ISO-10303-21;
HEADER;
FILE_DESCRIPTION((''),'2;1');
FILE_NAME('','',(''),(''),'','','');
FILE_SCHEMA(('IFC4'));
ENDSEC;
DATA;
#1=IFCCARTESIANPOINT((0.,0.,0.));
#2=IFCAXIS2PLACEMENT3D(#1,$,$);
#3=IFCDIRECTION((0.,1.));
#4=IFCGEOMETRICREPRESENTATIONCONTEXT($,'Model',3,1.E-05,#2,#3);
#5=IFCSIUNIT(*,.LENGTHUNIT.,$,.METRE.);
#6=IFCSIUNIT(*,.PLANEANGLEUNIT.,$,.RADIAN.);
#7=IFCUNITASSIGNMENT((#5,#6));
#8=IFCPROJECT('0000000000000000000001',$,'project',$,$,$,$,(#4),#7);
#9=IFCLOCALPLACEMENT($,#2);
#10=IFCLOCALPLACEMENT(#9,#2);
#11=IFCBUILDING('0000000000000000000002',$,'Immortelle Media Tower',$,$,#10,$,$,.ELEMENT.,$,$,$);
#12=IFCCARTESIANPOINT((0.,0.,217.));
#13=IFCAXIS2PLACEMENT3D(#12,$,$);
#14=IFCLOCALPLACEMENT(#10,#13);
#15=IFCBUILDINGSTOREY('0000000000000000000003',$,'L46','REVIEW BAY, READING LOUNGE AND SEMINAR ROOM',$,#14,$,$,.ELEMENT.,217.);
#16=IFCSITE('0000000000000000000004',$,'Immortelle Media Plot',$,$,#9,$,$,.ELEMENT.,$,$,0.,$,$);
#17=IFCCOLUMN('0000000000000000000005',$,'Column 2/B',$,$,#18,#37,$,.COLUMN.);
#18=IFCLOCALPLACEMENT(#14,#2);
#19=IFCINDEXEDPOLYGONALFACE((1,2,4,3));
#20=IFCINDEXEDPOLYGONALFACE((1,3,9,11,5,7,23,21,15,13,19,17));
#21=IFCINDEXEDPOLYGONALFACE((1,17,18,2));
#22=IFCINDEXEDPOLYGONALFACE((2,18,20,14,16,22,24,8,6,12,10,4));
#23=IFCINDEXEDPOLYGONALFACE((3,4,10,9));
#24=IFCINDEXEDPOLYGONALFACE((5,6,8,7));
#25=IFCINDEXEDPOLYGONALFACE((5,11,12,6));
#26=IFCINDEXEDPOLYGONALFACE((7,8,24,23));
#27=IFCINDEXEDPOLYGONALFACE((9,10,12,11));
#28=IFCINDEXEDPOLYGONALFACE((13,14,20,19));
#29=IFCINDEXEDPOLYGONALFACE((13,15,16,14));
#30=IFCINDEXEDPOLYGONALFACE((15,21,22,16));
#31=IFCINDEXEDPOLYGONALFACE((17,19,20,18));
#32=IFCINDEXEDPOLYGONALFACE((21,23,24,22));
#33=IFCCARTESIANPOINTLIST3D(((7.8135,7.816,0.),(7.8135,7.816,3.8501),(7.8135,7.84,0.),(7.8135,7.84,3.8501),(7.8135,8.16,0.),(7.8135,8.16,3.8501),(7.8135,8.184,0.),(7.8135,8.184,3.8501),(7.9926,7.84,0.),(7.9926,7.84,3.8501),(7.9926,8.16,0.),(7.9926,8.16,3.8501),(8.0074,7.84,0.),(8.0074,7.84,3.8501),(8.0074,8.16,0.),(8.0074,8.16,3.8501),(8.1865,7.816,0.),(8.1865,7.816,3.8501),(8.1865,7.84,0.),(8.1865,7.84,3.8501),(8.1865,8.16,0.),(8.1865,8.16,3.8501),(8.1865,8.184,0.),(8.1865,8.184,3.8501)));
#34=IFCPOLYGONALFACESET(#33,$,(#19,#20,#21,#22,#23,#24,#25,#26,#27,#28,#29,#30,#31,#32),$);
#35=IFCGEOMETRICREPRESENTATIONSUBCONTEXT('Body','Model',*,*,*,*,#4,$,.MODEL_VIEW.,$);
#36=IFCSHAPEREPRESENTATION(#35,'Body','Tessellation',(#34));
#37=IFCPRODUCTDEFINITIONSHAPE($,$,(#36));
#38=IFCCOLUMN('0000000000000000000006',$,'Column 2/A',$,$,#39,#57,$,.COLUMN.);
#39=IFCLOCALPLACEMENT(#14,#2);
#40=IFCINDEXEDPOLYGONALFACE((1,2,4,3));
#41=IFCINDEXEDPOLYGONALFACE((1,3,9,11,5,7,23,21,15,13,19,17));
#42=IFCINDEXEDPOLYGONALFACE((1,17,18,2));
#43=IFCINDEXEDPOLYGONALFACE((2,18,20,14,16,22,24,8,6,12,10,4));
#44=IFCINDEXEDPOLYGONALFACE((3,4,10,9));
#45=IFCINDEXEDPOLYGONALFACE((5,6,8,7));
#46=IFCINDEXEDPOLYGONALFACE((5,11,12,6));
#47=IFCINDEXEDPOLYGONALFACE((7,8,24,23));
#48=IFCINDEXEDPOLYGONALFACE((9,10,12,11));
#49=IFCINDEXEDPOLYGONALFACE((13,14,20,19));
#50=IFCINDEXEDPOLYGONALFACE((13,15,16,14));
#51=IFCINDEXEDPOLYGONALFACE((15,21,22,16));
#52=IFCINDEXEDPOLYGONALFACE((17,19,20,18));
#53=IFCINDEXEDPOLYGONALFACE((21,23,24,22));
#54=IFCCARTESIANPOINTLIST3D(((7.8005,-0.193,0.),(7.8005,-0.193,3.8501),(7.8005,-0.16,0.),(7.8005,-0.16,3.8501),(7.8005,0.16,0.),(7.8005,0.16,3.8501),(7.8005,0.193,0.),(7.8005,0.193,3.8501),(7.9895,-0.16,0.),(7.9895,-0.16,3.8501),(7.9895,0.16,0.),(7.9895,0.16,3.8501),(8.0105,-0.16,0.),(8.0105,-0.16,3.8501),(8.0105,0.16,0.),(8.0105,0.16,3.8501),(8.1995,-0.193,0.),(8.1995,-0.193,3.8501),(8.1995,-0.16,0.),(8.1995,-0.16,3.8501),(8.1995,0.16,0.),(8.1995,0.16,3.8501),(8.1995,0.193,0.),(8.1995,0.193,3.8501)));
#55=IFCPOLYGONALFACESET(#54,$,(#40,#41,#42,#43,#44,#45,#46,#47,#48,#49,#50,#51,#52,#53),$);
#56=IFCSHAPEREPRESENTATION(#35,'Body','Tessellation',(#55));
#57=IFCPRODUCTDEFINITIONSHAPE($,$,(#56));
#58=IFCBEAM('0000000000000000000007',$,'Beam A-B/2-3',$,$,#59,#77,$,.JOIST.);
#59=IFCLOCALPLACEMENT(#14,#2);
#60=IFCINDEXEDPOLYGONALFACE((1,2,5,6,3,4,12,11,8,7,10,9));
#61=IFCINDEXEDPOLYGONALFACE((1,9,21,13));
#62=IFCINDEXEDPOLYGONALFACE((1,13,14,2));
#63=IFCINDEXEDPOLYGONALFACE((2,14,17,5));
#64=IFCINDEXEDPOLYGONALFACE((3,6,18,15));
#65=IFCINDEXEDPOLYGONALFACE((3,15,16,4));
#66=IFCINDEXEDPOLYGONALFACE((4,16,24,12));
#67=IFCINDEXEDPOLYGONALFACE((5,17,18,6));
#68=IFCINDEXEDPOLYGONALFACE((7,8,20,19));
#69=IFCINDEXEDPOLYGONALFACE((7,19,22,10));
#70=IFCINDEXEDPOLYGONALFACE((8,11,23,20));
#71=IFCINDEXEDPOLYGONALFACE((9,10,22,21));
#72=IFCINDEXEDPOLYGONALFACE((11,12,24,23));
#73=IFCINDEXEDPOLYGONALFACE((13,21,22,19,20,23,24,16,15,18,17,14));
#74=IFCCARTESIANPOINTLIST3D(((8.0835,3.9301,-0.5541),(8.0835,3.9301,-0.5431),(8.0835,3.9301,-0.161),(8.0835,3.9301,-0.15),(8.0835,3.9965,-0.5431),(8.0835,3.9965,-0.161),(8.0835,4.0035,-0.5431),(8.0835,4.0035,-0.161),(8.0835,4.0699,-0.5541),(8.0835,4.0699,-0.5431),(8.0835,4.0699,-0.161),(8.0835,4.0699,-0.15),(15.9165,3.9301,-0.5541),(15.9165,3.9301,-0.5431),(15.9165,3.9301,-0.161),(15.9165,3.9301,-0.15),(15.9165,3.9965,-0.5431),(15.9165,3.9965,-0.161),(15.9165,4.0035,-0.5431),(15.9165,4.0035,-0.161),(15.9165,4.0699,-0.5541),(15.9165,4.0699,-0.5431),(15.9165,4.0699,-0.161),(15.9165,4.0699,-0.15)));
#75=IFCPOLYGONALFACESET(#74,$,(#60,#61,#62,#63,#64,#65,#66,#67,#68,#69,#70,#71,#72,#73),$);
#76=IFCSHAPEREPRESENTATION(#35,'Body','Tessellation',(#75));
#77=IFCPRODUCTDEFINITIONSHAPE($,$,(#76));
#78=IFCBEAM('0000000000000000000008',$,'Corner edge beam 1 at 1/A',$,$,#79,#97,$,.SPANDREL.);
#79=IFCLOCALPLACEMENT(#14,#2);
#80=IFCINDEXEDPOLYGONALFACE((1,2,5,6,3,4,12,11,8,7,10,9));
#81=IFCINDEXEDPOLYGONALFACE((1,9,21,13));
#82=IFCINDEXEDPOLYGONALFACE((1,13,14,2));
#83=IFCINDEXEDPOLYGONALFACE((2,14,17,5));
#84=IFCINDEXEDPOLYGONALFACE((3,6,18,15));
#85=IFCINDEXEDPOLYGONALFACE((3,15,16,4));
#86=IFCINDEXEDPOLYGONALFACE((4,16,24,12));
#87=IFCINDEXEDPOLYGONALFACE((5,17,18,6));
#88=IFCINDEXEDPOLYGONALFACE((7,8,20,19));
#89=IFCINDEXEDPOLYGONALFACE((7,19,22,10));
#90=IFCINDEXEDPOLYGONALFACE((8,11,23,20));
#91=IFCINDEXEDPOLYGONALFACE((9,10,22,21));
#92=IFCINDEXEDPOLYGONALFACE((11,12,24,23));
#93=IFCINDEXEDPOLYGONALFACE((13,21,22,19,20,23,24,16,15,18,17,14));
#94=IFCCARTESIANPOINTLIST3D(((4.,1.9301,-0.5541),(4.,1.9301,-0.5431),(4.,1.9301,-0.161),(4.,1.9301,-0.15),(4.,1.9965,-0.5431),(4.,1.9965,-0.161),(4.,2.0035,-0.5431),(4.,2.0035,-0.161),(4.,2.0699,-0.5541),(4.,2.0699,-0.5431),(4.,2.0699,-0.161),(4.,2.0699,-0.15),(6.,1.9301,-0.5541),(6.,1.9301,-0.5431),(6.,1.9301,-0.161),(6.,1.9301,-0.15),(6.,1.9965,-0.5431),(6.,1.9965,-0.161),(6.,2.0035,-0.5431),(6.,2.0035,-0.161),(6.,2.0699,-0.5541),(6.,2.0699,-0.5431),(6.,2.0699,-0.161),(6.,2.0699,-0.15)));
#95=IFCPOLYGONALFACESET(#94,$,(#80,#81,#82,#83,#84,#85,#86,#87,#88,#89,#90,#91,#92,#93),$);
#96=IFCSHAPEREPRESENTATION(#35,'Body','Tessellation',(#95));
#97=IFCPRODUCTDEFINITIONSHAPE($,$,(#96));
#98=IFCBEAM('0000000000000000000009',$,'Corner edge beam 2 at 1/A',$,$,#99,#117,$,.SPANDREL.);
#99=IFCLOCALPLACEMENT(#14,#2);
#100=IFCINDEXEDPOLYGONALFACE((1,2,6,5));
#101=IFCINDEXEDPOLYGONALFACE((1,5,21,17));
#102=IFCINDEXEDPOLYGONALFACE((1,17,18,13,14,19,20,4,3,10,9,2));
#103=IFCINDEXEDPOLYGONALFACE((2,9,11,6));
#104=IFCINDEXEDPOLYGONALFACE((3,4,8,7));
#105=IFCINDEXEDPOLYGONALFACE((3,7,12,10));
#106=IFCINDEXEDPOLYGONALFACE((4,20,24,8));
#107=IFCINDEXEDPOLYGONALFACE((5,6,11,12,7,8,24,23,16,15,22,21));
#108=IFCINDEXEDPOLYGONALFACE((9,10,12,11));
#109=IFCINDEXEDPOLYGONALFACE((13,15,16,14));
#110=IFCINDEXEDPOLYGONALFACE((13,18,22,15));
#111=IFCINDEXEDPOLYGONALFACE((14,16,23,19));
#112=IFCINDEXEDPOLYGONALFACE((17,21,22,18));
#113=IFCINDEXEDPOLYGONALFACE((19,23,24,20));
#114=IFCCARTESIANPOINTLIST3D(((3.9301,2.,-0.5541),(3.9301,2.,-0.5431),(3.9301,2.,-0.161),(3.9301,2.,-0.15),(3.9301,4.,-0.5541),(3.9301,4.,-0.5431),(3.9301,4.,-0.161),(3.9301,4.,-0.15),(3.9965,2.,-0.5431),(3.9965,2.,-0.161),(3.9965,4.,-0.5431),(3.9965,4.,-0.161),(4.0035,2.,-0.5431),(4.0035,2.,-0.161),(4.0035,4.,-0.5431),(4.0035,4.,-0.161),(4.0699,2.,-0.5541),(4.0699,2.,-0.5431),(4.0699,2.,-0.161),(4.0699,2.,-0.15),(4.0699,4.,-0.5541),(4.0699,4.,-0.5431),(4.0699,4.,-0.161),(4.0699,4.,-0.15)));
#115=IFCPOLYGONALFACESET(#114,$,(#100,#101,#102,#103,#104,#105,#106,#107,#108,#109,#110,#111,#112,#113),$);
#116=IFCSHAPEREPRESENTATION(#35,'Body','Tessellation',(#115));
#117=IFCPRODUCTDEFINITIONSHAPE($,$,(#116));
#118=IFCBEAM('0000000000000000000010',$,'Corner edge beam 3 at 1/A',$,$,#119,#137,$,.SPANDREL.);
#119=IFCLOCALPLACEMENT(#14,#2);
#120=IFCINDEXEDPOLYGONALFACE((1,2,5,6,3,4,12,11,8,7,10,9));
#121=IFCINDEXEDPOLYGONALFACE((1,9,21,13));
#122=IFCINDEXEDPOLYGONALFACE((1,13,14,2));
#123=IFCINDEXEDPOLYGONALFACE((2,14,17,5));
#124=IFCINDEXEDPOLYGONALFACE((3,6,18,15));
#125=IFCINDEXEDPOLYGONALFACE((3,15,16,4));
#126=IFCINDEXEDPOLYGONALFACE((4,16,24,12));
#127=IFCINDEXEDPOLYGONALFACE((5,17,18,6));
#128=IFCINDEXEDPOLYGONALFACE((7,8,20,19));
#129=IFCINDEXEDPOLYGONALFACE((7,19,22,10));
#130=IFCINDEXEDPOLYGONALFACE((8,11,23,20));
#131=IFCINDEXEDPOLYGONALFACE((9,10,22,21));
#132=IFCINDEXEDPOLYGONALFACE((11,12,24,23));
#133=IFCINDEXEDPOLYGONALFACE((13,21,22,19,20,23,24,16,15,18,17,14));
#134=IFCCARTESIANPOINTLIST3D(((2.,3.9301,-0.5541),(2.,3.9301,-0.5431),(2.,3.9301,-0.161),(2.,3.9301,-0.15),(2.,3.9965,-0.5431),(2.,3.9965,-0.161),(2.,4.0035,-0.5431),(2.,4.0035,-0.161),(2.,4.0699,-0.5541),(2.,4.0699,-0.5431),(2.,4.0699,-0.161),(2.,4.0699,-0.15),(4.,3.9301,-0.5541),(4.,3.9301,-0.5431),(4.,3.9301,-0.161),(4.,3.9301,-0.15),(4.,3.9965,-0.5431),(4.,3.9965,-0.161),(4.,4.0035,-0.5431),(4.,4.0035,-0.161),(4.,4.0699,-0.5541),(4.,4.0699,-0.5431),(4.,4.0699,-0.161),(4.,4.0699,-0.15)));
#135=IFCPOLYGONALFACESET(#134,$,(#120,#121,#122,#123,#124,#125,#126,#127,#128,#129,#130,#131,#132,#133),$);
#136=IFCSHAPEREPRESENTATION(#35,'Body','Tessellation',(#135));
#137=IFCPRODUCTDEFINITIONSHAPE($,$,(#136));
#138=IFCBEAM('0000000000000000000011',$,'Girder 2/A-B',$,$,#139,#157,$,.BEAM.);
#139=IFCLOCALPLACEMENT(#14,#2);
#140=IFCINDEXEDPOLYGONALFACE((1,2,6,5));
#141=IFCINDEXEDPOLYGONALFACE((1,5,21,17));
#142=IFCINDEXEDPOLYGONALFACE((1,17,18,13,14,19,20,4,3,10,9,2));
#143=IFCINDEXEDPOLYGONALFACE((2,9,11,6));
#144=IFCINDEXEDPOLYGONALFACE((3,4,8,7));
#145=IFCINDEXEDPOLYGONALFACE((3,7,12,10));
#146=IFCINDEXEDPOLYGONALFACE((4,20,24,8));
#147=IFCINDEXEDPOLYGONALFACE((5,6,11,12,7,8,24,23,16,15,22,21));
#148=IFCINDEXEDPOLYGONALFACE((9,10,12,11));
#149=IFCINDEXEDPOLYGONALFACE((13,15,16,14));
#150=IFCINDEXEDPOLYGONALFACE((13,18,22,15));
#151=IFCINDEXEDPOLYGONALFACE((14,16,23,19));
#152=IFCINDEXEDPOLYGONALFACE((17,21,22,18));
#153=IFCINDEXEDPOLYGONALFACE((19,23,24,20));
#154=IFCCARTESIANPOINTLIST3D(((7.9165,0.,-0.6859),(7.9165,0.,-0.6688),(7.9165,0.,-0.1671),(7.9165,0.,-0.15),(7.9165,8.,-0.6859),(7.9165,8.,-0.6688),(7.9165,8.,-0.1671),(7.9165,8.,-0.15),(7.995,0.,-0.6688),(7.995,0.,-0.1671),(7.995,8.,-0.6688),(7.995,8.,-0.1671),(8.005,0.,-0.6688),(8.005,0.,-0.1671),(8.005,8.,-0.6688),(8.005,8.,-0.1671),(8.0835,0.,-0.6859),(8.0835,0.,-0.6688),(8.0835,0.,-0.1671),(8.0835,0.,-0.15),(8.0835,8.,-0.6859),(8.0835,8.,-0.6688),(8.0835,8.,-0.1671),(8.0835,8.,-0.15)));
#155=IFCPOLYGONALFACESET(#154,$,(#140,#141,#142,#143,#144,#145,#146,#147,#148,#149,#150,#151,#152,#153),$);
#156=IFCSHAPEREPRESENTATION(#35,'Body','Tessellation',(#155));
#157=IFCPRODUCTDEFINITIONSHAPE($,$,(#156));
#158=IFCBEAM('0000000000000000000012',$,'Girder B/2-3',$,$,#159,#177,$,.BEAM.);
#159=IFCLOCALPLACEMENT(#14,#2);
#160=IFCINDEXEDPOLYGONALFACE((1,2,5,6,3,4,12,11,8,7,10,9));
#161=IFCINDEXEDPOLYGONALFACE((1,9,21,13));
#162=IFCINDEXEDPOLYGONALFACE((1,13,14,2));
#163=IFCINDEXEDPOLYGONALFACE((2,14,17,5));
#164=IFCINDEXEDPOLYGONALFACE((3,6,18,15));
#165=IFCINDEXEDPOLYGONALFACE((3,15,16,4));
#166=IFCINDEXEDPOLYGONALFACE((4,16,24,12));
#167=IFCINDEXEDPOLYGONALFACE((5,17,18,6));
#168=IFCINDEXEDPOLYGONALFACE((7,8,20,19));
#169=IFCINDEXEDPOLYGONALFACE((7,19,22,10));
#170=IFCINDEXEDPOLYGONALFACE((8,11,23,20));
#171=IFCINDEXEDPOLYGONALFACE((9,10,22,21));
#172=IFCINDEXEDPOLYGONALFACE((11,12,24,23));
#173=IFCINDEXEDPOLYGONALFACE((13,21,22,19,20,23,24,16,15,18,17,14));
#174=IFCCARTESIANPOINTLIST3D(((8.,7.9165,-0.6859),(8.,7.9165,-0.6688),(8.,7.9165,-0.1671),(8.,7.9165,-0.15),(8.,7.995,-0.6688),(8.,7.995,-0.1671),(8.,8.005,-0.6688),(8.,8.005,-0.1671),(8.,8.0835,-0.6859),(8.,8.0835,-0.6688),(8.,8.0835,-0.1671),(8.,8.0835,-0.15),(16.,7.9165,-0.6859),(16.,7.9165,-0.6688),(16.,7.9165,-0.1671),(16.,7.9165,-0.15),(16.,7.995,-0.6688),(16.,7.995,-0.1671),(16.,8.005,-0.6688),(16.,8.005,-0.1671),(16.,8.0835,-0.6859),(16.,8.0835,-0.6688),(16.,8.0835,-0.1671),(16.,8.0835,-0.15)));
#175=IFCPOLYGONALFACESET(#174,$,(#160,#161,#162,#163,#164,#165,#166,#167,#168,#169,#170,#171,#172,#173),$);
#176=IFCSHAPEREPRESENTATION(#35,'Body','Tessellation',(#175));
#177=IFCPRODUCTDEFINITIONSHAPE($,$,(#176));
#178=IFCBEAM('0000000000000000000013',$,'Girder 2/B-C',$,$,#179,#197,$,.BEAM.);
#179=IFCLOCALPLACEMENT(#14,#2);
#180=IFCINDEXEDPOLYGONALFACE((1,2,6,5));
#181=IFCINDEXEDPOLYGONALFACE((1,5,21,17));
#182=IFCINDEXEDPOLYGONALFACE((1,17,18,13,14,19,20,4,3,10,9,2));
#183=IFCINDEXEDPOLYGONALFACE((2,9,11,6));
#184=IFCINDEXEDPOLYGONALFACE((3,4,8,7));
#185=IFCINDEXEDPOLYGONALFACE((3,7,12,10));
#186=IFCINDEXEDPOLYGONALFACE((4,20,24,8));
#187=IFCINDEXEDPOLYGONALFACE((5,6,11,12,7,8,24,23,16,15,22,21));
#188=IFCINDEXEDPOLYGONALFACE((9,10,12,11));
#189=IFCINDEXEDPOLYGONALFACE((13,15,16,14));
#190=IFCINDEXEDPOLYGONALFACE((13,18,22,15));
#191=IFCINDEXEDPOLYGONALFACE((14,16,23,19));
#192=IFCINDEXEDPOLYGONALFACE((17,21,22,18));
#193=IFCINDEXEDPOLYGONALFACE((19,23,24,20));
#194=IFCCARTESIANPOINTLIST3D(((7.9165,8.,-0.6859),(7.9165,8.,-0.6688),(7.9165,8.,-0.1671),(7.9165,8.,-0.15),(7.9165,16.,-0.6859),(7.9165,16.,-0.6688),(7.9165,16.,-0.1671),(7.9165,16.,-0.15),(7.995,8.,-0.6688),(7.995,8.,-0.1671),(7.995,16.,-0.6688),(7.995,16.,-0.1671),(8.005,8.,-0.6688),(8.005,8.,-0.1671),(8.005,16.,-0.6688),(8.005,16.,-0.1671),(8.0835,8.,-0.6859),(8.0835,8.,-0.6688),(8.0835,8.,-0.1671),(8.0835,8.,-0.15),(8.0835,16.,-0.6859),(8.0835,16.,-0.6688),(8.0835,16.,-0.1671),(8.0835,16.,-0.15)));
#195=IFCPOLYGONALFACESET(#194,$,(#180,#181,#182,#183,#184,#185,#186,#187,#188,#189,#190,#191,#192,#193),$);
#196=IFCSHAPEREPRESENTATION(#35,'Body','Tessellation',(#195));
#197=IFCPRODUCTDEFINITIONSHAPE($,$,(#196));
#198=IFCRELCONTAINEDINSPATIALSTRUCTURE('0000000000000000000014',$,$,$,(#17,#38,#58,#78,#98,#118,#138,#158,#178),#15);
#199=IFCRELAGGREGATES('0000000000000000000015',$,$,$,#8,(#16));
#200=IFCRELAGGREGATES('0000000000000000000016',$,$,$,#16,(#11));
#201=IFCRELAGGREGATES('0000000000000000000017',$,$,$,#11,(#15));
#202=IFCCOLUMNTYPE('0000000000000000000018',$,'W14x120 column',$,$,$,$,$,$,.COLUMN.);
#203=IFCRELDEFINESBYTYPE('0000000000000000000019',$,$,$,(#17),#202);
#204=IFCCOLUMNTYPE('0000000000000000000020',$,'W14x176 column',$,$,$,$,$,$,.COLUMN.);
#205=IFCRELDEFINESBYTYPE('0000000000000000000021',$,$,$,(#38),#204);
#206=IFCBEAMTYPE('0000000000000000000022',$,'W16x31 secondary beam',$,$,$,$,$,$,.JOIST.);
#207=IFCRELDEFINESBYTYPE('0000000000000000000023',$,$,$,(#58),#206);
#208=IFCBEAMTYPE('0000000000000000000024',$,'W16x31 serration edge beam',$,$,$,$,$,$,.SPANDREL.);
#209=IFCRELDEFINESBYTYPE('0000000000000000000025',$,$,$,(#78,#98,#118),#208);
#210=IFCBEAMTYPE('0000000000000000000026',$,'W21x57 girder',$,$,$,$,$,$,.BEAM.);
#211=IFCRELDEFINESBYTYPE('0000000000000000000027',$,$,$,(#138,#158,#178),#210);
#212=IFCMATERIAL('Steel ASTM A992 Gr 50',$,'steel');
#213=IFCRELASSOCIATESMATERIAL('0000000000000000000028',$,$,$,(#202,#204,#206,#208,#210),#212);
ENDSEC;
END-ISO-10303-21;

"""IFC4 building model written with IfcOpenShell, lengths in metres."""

from ifc_helpers import new_model, si_unit, direction, frame, origin, origin_2d, place, context, subcontext, project, spatial, i_section, extrude, material, material_profile, profile_set, type_object, element, save


model = new_model("IFC4")

# Units and contexts
model_context = context("Model", 3, precision=1e-05, world=origin(), true_north=direction((0.0, 1.0)))
body_context = subcontext(model_context, "Body", "Model", "MODEL_VIEW")
ifc_project = project(units=[si_unit("LENGTHUNIT", "METRE"), si_unit("PLANEANGLEUNIT", "RADIAN")], contexts=[model_context])

# Site, building, storey
site_placement = place(None, origin())
site = spatial("IfcSite", under=ifc_project, at=site_placement, Name="Immortelle Media Plot", CompositionType="ELEMENT", RefElevation=0.0)
building_placement = place(site_placement, origin())
building = spatial("IfcBuilding", under=site, at=building_placement, Name="Immortelle Media Tower", CompositionType="ELEMENT")
storey_placement = place(building_placement, frame((0.0, 0.0, 217.0)))
storey = spatial("IfcBuildingStorey", under=building, at=storey_placement, Name="L46", Description="REVIEW BAY, READING LOUNGE AND SEMINAR ROOM", CompositionType="ELEMENT", Elevation=217.0)

# Columns
ifc_material_1 = material(Name="Steel ASTM A992 Gr 50", Category="steel")
ifc_material_profile_1 = material_profile(ifc_material_1, i_section(OverallWidth=0.373, OverallDepth=0.3679, WebThickness=0.0149, FlangeThickness=0.0239, at=origin_2d()), Name="W14x120")
ifc_profile_set_1 = profile_set([ifc_material_profile_1], Name="Steel ASTM A992 Gr 50")
column_type_1 = type_object("IfcColumnType", Name="W14x120 column", PredefinedType="COLUMN", material=ifc_profile_set_1)
column_1_placement = place(storey_placement, frame((8.0, 8.0, 0.0), z_axis=(0.0, 0.0, 1.0), x_axis=(1.0, 0.0, 0.0)))
element("IfcColumn", 1, at=column_1_placement, inside=storey, type_object=column_type_1, Name="Column 2/B", PredefinedType="COLUMN", context=body_context, shape_type="SweptSolid", body=[
    extrude(i_section(OverallWidth=0.373, OverallDepth=0.3679, WebThickness=0.0149, FlangeThickness=0.0239, at=origin_2d()), origin(), (0.0, 0.0, 1.0), 3.8501),
])
ifc_material_profile_2 = material_profile(ifc_material_1, i_section(OverallWidth=0.3989, OverallDepth=0.386, WebThickness=0.021, FlangeThickness=0.033, at=origin_2d()), Name="W14x176")
ifc_profile_set_2 = profile_set([ifc_material_profile_2], Name="Steel ASTM A992 Gr 50")
column_type_2 = type_object("IfcColumnType", Name="W14x176 column", PredefinedType="COLUMN", material=ifc_profile_set_2)
column_2_placement = place(storey_placement, frame((8.0, 0.0, 0.0), z_axis=(0.0, 0.0, 1.0), x_axis=(1.0, 0.0, 0.0)))
element("IfcColumn", 2, at=column_2_placement, inside=storey, type_object=column_type_2, Name="Column 2/A", PredefinedType="COLUMN", context=body_context, shape_type="SweptSolid", body=[
    extrude(i_section(OverallWidth=0.3989, OverallDepth=0.386, WebThickness=0.021, FlangeThickness=0.033, at=origin_2d()), origin(), (0.0, 0.0, 1.0), 3.8501),
])

# Beams
ifc_material_profile_3 = material_profile(ifc_material_1, i_section(OverallWidth=0.1399, OverallDepth=0.4041, WebThickness=0.0071, FlangeThickness=0.011, at=origin_2d()), Name="W16x31")
ifc_profile_set_3 = profile_set([ifc_material_profile_3], Name="Steel ASTM A992 Gr 50")
beam_type_1 = type_object("IfcBeamType", Name="W16x31 secondary beam", PredefinedType="JOIST", material=ifc_profile_set_3)
beam_1_placement = place(storey_placement, frame((8.0835, 4.0, -0.3521), z_axis=(1.0, 0.0, 0.0), x_axis=(0.0, 1.0, 0.0)))
element("IfcBeam", 3, at=beam_1_placement, inside=storey, type_object=beam_type_1, Name="Beam A-B/2-3", PredefinedType="JOIST", context=body_context, shape_type="SweptSolid", body=[
    extrude(i_section(OverallWidth=0.1399, OverallDepth=0.4041, WebThickness=0.0071, FlangeThickness=0.011, at=origin_2d()), origin(), (0.0, 0.0, 1.0), 7.833),
])
ifc_material_profile_4 = material_profile(ifc_material_1, i_section(OverallWidth=0.1399, OverallDepth=0.4041, WebThickness=0.0071, FlangeThickness=0.011, at=origin_2d()), Name="W16x31")
ifc_profile_set_4 = profile_set([ifc_material_profile_4], Name="Steel ASTM A992 Gr 50")
beam_type_2 = type_object("IfcBeamType", Name="W16x31 serration edge beam", PredefinedType="SPANDREL", material=ifc_profile_set_4)
for number, where, z_axis, x_axis, name in (
    (4, (6.0, 2.0, -0.3521), (-1.0, 0.0, 0.0), (0.0, -1.0, 0.0), "Corner edge beam 1 at 1/A"),
    (5, (4.0, 2.0, -0.3521), (0.0, 1.0, 0.0), (-1.0, 0.0, 0.0), "Corner edge beam 2 at 1/A"),
    (6, (4.0, 4.0, -0.3521), (-1.0, 0.0, 0.0), (0.0, -1.0, 0.0), "Corner edge beam 3 at 1/A"),
):
    element("IfcBeam", number, at=place(storey_placement, frame(where, z_axis=z_axis, x_axis=x_axis)), inside=storey, type_object=beam_type_2, Name=name, PredefinedType="SPANDREL", context=body_context, shape_type="SweptSolid", body=[
        extrude(i_section(OverallWidth=0.1399, OverallDepth=0.4041, WebThickness=0.0071, FlangeThickness=0.011, at=origin_2d()), origin(), (0.0, 0.0, 1.0), 2.0),
    ])
ifc_material_profile_5 = material_profile(ifc_material_1, i_section(OverallWidth=0.167, OverallDepth=0.5359, WebThickness=0.01, FlangeThickness=0.0171, at=origin_2d()), Name="W21x57")
ifc_profile_set_5 = profile_set([ifc_material_profile_5], Name="Steel ASTM A992 Gr 50")
beam_type_3 = type_object("IfcBeamType", Name="W21x57 girder", PredefinedType="BEAM", material=ifc_profile_set_5)
for number, where, z_axis, x_axis, name in (
    (7, (8.0, 0.0, -0.418), (0.0, 1.0, 0.0), (-1.0, 0.0, 0.0), "Girder 2/A-B"),
    (8, (8.0, 8.0, -0.418), (1.0, 0.0, 0.0), (0.0, 1.0, 0.0), "Girder B/2-3"),
    (9, (8.0, 8.0, -0.418), (0.0, 1.0, 0.0), (-1.0, 0.0, 0.0), "Girder 2/B-C"),
):
    element("IfcBeam", number, at=place(storey_placement, frame(where, z_axis=z_axis, x_axis=x_axis)), inside=storey, type_object=beam_type_3, Name=name, PredefinedType="BEAM", context=body_context, shape_type="SweptSolid", body=[
        extrude(i_section(OverallWidth=0.167, OverallDepth=0.5359, WebThickness=0.01, FlangeThickness=0.0171, at=origin_2d()), origin(), (0.0, 0.0, 1.0), 8.0),
    ])

save(model, "model.ifc")
